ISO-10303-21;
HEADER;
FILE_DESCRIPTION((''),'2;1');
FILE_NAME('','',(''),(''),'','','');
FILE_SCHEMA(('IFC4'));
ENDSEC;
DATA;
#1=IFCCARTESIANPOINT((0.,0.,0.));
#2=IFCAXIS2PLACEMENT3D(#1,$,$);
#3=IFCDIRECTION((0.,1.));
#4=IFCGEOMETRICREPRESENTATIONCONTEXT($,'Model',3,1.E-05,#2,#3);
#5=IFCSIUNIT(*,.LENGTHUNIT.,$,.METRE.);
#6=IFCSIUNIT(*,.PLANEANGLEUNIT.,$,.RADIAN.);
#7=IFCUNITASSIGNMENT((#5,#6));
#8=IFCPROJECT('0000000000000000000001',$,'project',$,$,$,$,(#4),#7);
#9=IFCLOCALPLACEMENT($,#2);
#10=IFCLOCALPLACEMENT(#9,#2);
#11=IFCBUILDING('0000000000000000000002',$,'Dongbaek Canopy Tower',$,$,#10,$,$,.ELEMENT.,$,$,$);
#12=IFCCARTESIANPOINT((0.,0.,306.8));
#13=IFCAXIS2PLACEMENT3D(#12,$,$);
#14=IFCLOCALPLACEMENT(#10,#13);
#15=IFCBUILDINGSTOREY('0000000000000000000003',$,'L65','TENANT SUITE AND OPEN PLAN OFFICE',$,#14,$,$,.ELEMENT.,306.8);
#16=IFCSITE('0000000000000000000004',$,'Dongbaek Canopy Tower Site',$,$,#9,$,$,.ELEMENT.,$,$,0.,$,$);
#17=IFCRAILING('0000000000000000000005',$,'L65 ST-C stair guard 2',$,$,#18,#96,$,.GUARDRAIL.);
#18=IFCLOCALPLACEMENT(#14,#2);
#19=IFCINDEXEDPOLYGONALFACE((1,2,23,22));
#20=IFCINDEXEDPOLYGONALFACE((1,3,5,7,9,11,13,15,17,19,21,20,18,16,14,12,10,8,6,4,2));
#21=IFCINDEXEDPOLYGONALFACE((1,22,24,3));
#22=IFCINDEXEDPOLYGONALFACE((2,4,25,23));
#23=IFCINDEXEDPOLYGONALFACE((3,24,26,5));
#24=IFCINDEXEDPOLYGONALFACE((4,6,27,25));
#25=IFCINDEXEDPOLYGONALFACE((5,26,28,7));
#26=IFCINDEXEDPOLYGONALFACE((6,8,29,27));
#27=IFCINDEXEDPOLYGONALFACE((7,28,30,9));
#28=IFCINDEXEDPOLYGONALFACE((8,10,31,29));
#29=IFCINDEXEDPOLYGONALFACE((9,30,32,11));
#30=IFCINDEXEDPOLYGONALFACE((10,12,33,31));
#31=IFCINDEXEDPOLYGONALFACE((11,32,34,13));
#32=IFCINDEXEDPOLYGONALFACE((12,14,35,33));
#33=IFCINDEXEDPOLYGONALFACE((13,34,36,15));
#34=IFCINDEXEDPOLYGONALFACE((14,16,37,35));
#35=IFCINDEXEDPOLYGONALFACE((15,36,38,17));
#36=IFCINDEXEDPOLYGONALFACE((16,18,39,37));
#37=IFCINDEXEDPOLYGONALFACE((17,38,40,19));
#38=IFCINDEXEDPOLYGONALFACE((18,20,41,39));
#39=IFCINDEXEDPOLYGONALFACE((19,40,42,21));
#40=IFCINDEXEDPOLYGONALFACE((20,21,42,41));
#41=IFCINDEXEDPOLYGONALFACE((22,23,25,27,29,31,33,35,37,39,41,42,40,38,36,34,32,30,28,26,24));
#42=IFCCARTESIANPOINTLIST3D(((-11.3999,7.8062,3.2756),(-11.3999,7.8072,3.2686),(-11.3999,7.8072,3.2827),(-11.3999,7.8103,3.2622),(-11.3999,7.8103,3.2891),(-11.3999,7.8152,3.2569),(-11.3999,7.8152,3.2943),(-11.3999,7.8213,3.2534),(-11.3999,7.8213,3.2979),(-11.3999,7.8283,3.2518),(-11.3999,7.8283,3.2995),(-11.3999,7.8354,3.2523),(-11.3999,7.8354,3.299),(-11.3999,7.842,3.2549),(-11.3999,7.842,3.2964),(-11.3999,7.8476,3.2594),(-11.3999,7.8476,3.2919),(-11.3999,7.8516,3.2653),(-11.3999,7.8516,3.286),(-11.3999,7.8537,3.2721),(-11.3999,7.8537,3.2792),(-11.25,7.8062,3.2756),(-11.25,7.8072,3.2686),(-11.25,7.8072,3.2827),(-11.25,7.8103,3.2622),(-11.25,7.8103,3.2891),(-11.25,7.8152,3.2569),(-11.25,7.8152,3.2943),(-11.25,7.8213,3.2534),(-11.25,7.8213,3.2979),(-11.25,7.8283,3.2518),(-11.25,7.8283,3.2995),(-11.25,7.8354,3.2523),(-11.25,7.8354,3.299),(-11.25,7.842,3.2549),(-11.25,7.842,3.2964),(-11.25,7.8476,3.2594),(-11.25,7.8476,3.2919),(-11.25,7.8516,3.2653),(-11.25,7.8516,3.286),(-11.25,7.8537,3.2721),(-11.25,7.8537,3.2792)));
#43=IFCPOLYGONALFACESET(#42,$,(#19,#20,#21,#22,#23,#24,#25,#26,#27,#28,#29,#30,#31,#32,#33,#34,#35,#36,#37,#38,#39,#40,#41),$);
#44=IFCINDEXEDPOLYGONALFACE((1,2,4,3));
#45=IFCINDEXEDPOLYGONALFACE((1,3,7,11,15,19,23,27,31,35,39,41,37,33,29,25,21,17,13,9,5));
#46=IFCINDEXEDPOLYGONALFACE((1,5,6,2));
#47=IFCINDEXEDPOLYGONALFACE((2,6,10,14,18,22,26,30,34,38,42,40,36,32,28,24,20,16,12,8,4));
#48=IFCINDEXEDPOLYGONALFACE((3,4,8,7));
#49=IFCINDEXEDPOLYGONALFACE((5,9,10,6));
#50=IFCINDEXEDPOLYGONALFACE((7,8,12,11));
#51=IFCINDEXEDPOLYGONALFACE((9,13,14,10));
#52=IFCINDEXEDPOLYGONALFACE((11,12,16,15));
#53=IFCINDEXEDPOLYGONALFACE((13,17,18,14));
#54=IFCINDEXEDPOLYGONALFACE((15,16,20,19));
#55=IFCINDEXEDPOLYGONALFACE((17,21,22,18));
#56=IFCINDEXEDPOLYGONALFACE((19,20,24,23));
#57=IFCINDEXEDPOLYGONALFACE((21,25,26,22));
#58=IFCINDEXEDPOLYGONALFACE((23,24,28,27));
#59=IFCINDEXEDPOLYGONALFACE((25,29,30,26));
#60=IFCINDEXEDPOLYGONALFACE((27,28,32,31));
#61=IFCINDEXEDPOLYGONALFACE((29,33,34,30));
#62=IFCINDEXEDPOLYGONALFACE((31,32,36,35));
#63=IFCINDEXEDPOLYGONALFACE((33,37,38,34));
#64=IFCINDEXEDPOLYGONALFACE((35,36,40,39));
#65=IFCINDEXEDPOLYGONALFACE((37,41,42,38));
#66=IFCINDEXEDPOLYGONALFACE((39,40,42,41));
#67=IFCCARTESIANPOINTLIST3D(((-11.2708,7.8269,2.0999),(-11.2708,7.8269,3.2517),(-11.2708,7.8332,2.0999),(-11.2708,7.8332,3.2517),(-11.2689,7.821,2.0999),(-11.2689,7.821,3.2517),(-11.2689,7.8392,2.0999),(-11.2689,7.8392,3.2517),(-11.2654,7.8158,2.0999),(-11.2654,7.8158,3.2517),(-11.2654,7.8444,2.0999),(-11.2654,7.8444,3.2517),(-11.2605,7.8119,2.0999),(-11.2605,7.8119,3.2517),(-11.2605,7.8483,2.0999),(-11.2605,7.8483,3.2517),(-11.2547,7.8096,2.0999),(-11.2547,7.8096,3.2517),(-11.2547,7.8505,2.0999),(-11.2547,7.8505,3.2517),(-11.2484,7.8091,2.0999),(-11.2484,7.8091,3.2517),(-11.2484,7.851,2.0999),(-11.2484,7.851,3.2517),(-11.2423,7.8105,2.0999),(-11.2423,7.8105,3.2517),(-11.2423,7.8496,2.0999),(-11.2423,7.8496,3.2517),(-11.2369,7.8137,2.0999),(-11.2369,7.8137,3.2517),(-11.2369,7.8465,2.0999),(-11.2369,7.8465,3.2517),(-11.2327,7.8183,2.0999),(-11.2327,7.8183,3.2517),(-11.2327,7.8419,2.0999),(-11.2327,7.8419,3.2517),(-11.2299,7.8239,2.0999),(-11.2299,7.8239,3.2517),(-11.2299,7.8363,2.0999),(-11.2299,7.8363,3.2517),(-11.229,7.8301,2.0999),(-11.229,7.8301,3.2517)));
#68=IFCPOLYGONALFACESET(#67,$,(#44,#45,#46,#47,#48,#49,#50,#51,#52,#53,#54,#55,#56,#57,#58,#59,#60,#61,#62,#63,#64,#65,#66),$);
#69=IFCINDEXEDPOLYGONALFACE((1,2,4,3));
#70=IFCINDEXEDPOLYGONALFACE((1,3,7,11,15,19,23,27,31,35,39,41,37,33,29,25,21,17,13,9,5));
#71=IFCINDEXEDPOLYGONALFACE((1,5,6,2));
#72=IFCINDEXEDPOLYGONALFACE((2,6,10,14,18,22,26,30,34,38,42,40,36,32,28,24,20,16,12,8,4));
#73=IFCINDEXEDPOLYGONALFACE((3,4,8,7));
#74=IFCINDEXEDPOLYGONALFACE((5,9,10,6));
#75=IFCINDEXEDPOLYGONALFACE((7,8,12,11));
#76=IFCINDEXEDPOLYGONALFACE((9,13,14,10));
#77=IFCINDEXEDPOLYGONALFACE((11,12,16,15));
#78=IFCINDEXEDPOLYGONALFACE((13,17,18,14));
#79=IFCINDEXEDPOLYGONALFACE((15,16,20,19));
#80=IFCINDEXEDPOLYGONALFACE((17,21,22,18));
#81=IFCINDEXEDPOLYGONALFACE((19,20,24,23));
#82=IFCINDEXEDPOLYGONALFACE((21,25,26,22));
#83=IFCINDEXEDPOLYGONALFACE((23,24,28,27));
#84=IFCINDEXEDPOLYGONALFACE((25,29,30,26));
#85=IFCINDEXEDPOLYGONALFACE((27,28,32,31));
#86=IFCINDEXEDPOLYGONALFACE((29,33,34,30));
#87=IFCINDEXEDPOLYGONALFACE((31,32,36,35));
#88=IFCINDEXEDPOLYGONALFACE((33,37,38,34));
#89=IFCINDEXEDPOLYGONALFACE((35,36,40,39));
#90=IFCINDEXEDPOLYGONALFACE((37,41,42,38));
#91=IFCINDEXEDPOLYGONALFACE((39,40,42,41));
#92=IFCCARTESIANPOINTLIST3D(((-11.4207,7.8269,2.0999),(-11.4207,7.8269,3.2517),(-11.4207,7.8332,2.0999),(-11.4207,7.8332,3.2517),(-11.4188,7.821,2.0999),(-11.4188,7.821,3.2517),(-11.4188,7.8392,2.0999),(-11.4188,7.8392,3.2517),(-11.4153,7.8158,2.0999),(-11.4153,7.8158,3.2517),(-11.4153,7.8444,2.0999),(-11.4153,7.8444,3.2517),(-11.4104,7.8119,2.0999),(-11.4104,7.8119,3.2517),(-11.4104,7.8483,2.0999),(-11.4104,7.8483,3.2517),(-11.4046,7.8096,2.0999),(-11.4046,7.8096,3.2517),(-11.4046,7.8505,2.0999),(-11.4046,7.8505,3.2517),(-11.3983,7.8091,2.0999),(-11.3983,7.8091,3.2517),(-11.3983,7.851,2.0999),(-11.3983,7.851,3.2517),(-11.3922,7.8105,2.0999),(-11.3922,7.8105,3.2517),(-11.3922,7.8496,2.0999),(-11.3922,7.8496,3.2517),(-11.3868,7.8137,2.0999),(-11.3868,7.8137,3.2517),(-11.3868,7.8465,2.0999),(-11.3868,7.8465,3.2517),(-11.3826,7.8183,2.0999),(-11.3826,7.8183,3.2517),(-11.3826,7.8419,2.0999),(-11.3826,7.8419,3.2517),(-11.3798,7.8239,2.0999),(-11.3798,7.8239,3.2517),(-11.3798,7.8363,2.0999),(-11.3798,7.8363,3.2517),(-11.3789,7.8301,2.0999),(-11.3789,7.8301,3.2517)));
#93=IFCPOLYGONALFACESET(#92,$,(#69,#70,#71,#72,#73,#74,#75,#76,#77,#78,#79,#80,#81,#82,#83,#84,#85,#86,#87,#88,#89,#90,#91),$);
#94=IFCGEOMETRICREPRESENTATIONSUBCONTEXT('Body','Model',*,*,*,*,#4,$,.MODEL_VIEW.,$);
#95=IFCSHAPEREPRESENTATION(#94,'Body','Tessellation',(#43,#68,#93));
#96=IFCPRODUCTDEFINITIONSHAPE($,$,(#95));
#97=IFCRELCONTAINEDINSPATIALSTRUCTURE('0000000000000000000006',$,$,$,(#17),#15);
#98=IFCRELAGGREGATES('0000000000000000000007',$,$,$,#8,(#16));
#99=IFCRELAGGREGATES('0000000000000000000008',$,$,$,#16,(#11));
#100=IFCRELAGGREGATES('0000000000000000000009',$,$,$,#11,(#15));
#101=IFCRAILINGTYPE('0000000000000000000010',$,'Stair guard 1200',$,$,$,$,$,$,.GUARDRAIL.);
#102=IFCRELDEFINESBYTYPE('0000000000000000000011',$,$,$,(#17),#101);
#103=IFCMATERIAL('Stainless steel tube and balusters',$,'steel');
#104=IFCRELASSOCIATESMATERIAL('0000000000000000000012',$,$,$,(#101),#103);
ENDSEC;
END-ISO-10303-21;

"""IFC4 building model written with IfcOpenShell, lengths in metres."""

from ifc_helpers import new_model, si_unit, direction, frame, origin, origin_2d, place, context, subcontext, project, spatial, circle, extrude, material, type_object, element, save


model = new_model("IFC4")

# Units and contexts
model_context = context("Model", 3, precision=1e-05, world=origin(), true_north=direction((0.0, 1.0)))
body_context = subcontext(model_context, "Body", "Model", "MODEL_VIEW")
ifc_project = project(units=[si_unit("LENGTHUNIT", "METRE"), si_unit("PLANEANGLEUNIT", "RADIAN")], contexts=[model_context])

# Site, building, storey
site_placement = place(None, origin())
site = spatial("IfcSite", under=ifc_project, at=site_placement, Name="Dongbaek Canopy Tower Site", CompositionType="ELEMENT", RefElevation=0.0)
building_placement = place(site_placement, origin())
building = spatial("IfcBuilding", under=site, at=building_placement, Name="Dongbaek Canopy Tower", CompositionType="ELEMENT")
storey_placement = place(building_placement, frame((0.0, 0.0, 306.8)))
storey = spatial("IfcBuildingStorey", under=building, at=storey_placement, Name="L65", Description="TENANT SUITE AND OPEN PLAN OFFICE", CompositionType="ELEMENT", Elevation=306.8)

# Railing
ifc_material_1 = material(Name="Stainless steel tube and balusters", Category="steel")
railing_type_1 = type_object("IfcRailingType", Name="Stair guard 1200", PredefinedType="GUARDRAIL", material=ifc_material_1)
railing_1_placement = place(storey_placement, frame((-11.25, 7.8301, 2.0999)))
element("IfcRailing", 1, at=railing_1_placement, inside=storey, type_object=railing_type_1, Name="L65 ST-C stair guard 2", PredefinedType="GUARDRAIL", context=body_context, shape_type="SweptSolid", body=[
    extrude(circle(Radius=0.0239, at=origin_2d()), frame((0.0, 0.0, 1.1758), z_axis=(-1.0, 0.0, 0.0), x_axis=(0.0, -1.0, 0.0)), (0.0, 0.0, 1.0), 0.1499),
    extrude(circle(Radius=0.021, at=origin_2d()), origin(), (0.0, 0.0, 1.0), 1.1519),
    extrude(circle(Radius=0.021, at=origin_2d()), frame((-0.1499, 0.0, 0.0)), (0.0, 0.0, 1.0), 1.1519),
])

save(model, "model.ifc")
